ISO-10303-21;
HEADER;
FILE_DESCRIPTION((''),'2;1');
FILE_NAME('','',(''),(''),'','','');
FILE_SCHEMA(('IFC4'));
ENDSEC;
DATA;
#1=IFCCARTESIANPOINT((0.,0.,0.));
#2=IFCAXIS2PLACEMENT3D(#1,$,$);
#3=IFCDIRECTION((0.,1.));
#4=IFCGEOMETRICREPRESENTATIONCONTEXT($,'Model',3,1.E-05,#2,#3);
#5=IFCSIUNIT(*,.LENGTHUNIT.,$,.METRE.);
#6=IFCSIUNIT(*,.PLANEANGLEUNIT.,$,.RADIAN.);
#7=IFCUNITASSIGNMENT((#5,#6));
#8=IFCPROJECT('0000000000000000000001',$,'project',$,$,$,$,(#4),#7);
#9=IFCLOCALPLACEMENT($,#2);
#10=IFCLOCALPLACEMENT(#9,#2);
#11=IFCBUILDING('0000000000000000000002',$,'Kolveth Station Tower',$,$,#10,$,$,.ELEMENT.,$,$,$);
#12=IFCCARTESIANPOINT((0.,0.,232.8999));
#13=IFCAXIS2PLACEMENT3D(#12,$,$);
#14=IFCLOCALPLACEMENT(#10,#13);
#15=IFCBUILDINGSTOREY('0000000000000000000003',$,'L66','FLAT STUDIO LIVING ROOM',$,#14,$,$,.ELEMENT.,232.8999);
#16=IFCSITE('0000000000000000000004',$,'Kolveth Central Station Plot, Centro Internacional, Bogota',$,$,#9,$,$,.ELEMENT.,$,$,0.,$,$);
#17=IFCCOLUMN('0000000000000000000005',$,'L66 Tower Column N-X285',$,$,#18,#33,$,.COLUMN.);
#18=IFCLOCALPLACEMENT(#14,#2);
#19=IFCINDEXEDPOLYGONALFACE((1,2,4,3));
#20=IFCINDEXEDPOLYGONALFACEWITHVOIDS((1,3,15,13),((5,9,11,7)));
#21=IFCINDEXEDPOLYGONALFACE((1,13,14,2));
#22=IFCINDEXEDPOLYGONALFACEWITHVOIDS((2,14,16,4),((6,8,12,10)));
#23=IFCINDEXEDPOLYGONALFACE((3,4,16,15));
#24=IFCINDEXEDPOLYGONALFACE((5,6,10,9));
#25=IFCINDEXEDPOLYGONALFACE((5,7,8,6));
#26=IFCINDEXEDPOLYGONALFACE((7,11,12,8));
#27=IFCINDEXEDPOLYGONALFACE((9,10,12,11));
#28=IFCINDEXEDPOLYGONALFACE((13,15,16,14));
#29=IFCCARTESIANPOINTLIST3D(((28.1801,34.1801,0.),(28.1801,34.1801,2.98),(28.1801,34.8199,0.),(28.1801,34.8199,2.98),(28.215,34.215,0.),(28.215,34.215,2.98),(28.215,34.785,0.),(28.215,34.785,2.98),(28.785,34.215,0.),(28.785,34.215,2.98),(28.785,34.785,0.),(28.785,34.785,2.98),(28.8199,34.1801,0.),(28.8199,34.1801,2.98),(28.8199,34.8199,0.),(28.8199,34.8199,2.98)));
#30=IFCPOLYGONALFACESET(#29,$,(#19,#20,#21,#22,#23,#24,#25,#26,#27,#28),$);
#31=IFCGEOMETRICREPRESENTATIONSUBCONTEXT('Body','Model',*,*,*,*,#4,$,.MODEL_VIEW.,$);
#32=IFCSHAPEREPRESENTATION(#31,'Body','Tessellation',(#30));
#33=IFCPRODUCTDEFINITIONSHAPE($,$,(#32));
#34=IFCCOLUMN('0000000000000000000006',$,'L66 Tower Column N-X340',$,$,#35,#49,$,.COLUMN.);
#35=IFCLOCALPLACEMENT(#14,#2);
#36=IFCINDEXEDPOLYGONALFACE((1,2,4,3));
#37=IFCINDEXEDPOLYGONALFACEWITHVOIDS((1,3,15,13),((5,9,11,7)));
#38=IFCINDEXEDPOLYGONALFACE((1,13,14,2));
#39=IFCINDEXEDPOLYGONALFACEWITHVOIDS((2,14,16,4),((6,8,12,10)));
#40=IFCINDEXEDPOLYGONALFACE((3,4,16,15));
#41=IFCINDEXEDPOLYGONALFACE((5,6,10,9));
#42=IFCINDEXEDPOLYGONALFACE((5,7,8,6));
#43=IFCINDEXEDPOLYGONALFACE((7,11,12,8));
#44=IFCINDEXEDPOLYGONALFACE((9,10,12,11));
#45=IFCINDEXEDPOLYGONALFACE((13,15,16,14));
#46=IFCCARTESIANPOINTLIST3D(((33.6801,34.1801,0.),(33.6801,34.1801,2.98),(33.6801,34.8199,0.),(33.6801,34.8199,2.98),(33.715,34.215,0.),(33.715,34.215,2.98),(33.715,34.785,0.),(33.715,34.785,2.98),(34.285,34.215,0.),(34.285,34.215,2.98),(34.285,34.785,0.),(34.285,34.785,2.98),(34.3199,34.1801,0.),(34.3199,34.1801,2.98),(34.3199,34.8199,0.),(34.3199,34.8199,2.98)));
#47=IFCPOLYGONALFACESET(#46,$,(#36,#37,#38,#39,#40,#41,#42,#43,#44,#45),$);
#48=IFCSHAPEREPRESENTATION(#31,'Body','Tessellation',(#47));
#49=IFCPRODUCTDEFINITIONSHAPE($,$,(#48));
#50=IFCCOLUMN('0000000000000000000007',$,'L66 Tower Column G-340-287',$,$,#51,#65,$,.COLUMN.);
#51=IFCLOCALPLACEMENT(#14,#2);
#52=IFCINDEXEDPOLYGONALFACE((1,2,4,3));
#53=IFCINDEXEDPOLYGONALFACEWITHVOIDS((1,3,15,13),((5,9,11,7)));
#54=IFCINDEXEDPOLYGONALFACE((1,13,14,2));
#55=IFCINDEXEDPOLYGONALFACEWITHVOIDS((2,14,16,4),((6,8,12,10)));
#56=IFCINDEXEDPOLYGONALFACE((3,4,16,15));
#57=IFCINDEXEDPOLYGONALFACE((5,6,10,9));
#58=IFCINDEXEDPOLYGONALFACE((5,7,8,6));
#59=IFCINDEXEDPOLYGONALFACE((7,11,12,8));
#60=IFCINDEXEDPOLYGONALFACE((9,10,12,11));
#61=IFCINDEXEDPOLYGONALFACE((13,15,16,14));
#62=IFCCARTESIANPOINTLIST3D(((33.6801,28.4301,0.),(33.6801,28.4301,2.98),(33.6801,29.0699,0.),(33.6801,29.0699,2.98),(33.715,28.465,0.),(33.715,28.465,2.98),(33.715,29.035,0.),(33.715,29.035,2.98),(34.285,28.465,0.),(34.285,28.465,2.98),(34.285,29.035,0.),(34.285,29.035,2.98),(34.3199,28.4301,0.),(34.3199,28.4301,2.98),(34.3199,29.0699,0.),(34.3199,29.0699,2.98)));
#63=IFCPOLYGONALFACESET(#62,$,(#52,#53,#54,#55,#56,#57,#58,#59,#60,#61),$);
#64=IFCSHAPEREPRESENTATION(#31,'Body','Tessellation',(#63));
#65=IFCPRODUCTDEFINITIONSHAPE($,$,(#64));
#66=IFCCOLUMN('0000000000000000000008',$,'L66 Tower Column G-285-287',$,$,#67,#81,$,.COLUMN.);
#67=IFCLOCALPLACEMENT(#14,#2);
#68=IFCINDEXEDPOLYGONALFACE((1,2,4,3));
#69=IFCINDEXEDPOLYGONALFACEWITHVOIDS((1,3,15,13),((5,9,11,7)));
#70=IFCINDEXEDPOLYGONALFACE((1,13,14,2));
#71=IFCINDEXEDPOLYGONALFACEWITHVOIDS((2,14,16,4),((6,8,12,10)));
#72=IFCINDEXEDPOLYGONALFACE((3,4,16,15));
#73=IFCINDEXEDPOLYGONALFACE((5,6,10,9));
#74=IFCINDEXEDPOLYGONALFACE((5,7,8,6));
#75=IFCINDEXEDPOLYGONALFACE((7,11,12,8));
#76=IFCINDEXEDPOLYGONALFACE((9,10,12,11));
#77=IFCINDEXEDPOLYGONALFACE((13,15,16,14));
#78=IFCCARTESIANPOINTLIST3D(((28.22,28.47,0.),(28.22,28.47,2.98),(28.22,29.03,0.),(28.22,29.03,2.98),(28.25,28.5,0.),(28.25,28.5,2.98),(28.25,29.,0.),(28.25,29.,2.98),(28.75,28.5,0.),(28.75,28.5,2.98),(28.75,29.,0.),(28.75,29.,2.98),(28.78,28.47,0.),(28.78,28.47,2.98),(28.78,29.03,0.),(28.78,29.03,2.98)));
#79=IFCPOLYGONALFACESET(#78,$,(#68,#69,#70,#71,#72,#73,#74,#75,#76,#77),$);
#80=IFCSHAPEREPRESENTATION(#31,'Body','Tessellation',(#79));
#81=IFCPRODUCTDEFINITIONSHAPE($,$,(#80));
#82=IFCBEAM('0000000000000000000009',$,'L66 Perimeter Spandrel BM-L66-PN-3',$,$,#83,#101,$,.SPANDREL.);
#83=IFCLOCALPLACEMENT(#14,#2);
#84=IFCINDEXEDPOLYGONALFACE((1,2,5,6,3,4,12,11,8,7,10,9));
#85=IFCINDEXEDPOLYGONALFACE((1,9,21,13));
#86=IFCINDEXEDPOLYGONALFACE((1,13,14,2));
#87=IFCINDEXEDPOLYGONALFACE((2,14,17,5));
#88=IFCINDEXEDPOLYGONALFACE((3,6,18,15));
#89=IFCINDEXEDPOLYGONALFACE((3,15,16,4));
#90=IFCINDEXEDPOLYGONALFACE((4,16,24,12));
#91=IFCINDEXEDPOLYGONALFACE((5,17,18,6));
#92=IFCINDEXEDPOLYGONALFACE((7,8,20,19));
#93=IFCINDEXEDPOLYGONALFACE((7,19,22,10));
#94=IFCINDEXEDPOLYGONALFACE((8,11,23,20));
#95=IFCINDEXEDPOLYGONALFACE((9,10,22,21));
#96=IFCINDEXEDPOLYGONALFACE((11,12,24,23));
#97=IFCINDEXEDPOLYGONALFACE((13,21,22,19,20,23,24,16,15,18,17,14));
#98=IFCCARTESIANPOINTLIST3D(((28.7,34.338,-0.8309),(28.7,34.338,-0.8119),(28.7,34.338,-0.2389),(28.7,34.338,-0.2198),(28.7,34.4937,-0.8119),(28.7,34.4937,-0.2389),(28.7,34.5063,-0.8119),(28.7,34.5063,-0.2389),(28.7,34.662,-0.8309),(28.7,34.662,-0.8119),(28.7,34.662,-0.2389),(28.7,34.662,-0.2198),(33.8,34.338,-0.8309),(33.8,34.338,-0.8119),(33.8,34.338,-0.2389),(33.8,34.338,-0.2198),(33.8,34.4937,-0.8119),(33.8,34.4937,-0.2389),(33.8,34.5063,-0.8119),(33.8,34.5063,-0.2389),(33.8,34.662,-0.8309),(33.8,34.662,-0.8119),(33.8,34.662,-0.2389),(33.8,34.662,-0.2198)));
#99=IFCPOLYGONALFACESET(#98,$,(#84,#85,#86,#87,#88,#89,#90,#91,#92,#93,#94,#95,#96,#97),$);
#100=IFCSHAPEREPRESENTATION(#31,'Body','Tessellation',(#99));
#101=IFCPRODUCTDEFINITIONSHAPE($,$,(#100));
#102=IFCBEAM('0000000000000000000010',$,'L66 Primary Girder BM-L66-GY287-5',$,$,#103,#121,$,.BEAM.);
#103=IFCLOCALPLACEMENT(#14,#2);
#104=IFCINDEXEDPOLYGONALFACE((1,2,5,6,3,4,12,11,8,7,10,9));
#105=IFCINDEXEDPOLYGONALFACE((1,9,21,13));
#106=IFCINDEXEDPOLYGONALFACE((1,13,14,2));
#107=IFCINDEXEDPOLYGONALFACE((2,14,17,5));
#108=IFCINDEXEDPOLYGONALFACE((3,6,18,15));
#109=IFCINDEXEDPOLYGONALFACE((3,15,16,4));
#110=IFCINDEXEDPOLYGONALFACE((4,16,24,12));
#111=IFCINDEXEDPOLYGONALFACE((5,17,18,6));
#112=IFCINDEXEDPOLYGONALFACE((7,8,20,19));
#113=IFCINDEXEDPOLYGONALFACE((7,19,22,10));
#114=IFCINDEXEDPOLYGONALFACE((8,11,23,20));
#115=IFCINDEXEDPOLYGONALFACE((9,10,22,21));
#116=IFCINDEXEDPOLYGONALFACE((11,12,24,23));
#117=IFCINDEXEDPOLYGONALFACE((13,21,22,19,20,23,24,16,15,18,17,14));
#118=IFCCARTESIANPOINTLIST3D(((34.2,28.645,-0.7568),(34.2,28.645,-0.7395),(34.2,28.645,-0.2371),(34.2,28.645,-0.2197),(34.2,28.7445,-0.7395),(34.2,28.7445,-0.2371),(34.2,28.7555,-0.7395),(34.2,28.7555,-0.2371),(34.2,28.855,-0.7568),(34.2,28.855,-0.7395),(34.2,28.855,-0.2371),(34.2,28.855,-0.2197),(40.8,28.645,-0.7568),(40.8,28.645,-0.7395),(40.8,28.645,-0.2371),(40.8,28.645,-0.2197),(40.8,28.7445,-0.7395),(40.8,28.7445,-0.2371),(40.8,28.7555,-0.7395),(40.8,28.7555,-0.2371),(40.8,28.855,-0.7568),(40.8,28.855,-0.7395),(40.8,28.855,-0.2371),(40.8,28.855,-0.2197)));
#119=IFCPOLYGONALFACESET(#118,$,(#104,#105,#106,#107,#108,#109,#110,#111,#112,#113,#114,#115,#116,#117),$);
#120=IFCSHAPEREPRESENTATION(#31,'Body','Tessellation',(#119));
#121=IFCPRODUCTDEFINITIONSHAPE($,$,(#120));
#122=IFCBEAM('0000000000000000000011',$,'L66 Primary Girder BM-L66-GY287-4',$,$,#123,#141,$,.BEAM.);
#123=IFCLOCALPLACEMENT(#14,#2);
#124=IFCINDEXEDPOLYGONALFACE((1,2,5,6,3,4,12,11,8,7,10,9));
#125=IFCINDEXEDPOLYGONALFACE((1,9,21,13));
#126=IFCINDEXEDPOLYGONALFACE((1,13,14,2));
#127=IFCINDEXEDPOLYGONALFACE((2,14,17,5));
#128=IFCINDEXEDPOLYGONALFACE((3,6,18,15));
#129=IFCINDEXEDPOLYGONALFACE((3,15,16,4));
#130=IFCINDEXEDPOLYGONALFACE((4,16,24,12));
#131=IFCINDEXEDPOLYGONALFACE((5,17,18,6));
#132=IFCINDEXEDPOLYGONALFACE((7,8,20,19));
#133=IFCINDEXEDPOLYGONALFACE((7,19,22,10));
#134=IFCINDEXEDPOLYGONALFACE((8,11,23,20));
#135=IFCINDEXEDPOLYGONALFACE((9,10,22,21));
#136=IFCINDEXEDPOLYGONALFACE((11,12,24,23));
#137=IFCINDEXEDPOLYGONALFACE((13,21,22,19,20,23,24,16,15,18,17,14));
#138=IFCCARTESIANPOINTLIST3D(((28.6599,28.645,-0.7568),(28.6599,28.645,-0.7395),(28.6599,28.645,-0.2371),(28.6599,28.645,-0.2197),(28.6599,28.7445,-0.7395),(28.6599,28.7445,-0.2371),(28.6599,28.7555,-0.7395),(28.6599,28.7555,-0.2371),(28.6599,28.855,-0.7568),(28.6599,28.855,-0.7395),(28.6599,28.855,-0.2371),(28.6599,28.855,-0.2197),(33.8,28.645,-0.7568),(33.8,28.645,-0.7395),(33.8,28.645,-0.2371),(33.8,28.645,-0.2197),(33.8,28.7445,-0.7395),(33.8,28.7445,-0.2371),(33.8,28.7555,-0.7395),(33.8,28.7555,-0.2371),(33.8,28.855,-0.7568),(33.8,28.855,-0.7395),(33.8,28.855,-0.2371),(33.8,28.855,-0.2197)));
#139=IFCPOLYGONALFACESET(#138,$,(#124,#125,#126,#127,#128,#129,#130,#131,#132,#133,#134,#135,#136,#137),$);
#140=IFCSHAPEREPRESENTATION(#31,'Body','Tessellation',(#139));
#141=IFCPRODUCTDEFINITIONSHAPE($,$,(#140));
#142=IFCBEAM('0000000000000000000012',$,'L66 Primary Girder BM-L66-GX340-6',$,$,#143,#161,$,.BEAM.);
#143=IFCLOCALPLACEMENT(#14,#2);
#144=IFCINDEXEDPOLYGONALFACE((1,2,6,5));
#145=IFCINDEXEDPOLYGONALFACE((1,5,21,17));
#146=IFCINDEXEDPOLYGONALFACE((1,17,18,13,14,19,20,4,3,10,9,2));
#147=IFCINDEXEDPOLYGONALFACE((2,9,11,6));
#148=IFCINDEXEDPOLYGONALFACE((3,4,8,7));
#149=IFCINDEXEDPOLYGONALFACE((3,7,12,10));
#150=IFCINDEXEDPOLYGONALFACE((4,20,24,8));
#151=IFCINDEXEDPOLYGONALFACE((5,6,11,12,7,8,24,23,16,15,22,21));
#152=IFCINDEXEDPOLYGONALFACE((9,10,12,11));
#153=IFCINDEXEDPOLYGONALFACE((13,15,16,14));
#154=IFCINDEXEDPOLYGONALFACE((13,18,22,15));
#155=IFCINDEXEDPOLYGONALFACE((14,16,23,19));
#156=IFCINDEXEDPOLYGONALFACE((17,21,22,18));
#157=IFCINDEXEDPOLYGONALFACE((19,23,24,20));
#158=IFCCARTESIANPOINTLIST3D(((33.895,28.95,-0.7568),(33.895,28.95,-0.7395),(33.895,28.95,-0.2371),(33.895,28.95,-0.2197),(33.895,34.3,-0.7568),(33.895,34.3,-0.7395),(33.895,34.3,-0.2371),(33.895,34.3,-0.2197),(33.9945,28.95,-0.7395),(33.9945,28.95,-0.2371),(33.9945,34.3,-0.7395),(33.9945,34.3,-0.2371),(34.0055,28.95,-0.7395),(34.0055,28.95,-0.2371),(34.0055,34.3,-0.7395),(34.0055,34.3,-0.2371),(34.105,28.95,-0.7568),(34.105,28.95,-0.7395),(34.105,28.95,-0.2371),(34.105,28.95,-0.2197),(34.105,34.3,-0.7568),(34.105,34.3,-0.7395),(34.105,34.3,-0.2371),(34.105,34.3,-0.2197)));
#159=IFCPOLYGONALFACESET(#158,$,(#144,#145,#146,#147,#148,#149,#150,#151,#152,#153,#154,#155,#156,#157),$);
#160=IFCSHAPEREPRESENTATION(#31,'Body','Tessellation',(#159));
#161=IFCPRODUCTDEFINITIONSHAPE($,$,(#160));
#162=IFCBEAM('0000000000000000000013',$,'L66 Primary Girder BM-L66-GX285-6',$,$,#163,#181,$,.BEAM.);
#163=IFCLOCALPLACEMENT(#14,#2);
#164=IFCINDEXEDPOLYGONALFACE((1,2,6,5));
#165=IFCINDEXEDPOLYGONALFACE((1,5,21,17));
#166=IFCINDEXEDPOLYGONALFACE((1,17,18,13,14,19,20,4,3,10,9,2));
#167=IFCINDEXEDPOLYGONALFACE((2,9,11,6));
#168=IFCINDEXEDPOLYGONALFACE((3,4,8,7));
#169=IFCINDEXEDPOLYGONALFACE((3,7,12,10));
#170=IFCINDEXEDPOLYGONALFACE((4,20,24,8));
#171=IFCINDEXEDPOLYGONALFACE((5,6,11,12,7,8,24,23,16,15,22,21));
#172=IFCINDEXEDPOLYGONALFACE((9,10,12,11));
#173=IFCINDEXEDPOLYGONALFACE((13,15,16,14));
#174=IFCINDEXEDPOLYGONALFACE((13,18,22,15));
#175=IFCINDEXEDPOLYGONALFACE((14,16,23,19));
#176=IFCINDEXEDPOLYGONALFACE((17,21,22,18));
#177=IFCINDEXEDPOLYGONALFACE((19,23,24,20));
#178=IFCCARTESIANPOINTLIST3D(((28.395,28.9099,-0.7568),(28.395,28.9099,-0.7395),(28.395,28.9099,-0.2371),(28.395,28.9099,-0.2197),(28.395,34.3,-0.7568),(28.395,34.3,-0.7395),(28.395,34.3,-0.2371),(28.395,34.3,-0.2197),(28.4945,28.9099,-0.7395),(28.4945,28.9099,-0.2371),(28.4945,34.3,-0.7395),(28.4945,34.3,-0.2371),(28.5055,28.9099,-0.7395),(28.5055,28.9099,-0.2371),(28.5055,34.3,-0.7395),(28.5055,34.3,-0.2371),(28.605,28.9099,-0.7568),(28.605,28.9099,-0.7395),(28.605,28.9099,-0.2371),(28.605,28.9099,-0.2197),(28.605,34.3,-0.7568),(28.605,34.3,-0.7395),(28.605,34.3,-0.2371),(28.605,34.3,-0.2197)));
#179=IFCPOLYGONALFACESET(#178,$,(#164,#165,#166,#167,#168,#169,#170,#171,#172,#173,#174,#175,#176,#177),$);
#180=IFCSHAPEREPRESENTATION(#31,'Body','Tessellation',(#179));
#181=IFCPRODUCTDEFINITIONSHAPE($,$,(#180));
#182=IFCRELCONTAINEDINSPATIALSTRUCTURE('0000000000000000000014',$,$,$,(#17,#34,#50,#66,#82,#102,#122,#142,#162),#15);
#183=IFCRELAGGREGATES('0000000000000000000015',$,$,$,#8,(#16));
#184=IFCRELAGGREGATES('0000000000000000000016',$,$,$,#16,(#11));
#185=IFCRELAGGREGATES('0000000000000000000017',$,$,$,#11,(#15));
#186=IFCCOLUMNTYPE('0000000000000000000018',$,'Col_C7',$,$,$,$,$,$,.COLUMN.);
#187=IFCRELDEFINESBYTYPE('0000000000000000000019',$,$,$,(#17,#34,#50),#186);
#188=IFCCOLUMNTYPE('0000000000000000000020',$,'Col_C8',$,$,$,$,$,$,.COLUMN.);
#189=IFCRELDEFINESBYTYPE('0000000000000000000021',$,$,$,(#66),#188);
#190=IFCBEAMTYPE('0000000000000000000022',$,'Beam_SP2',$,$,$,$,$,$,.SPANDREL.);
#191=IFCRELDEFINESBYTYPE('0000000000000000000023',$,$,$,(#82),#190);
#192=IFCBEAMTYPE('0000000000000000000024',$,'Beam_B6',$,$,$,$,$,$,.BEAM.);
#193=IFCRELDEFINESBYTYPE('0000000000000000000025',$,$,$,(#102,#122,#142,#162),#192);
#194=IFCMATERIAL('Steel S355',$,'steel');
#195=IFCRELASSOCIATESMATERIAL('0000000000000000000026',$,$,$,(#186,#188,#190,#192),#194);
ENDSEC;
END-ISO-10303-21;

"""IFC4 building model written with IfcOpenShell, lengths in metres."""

from ifc_helpers import new_model, si_unit, direction, frame, origin, origin_2d, place, context, subcontext, project, spatial, hollow_rectangle, i_section, extrude, source, transform, mapped, material, material_profile, profile_set, type_object, element, save


model = new_model("IFC4")

# Units and contexts
model_context = context("Model", 3, precision=1e-05, world=origin(), true_north=direction((0.0, 1.0)))
body_context = subcontext(model_context, "Body", "Model", "MODEL_VIEW")
ifc_project = project(units=[si_unit("LENGTHUNIT", "METRE"), si_unit("PLANEANGLEUNIT", "RADIAN")], contexts=[model_context])

# Site, building, storey
site_placement = place(None, origin())
site = spatial("IfcSite", under=ifc_project, at=site_placement, Name="Kolveth Central Station Plot, Centro Internacional, Bogota", CompositionType="ELEMENT", RefElevation=0.0)
building_placement = place(site_placement, origin())
building = spatial("IfcBuilding", under=site, at=building_placement, Name="Kolveth Station Tower", CompositionType="ELEMENT")
storey_placement = place(building_placement, frame((0.0, 0.0, 232.8999)))
storey = spatial("IfcBuildingStorey", under=building, at=storey_placement, Name="L66", Description="FLAT STUDIO LIVING ROOM", CompositionType="ELEMENT", Elevation=232.8999)

# Columns
ifc_material_1 = material(Name="Steel S355", Category="steel")
ifc_material_profile_1 = material_profile(ifc_material_1, hollow_rectangle(XDim=0.6399, YDim=0.6399, WallThickness=0.0349, at=origin_2d()), Name="BOX640x640x35")
ifc_profile_set_1 = profile_set([ifc_material_profile_1], Name="Steel S355")
column_type_1 = type_object("IfcColumnType", Name="Col_C7", PredefinedType="COLUMN", material=ifc_profile_set_1)
shared_shape_1 = source(origin(), body_context, "Body", "SweptSolid", [
    extrude(hollow_rectangle(XDim=0.6399, YDim=0.6399, WallThickness=0.0349, at=origin_2d()), origin(), (0.0, 0.0, 1.0), 2.98),
])
for number, where, z_axis, x_axis, name in (
    (1, (28.5, 34.5, 0.0), (0.0, 0.0, 1.0), (1.0, 0.0, 0.0), "L66 Tower Column N-X285"),
    (2, (34.0, 34.5, 0.0), (0.0, 0.0, 1.0), (1.0, 0.0, 0.0), "L66 Tower Column N-X340"),
    (3, (34.0, 28.75, 0.0), (0.0, 0.0, 1.0), (1.0, 0.0, 0.0), "L66 Tower Column G-340-287"),
):
    element("IfcColumn", number, at=place(storey_placement, frame(where, z_axis=z_axis, x_axis=x_axis)), inside=storey, type_object=column_type_1, Name=name, PredefinedType="COLUMN", context=body_context, shape_type="MappedRepresentation", body=[
        mapped(shared_shape_1, transform((0.0, 0.0, 0.0), x_axis=(1.0, 0.0, 0.0), y_axis=(0.0, 1.0, 0.0), z_axis=(0.0, 0.0, 1.0), scale=1.0)),
    ])
ifc_material_profile_2 = material_profile(ifc_material_1, hollow_rectangle(XDim=0.5601, YDim=0.5601, WallThickness=0.03, at=origin_2d()), Name="BOX560x560x30")
ifc_profile_set_2 = profile_set([ifc_material_profile_2], Name="Steel S355")
column_type_2 = type_object("IfcColumnType", Name="Col_C8", PredefinedType="COLUMN", material=ifc_profile_set_2)
shared_shape_2 = source(origin(), body_context, "Body", "SweptSolid", [
    extrude(hollow_rectangle(XDim=0.5601, YDim=0.5601, WallThickness=0.03, at=origin_2d()), origin(), (0.0, 0.0, 1.0), 2.98),
])
column_placement = place(storey_placement, frame((28.5, 28.75, 0.0), z_axis=(0.0, 0.0, 1.0), x_axis=(1.0, 0.0, 0.0)))
element("IfcColumn", 4, at=column_placement, inside=storey, type_object=column_type_2, Name="L66 Tower Column G-285-287", PredefinedType="COLUMN", context=body_context, shape_type="MappedRepresentation", body=[
    mapped(shared_shape_2, transform((0.0, 0.0, 0.0), x_axis=(1.0, 0.0, 0.0), y_axis=(0.0, 1.0, 0.0), z_axis=(0.0, 0.0, 1.0), scale=1.0)),
])

# Beams
ifc_material_profile_3 = material_profile(ifc_material_1, i_section(OverallWidth=0.324, OverallDepth=0.6111, WebThickness=0.0127, FlangeThickness=0.019, at=origin_2d()), Name="W610x155")
ifc_profile_set_3 = profile_set([ifc_material_profile_3], Name="Steel S355")
beam_type_1 = type_object("IfcBeamType", Name="Beam_SP2", PredefinedType="SPANDREL", material=ifc_profile_set_3)
shared_shape_3 = source(origin(), body_context, "Body", "SweptSolid", [
    extrude(i_section(OverallWidth=0.324, OverallDepth=0.6111, WebThickness=0.0127, FlangeThickness=0.019, at=origin_2d()), origin(), (0.0, 0.0, 1.0), 5.1001),
])
beam_1_placement = place(storey_placement, frame((28.7, 34.5, -0.5254), z_axis=(1.0, 0.0, 0.0), x_axis=(0.0, 1.0, 0.0)))
element("IfcBeam", 5, at=beam_1_placement, inside=storey, type_object=beam_type_1, Name="L66 Perimeter Spandrel BM-L66-PN-3", PredefinedType="SPANDREL", context=body_context, shape_type="MappedRepresentation", body=[
    mapped(shared_shape_3, transform((0.0, 0.0, 0.0), x_axis=(1.0, 0.0, 0.0), y_axis=(0.0, 1.0, 0.0), z_axis=(0.0, 0.0, 1.0), scale=1.0)),
])
ifc_material_profile_4 = material_profile(ifc_material_1, i_section(OverallWidth=0.21, OverallDepth=0.5371, WebThickness=0.011, FlangeThickness=0.0173, at=origin_2d()), Name="W530x101")
ifc_profile_set_4 = profile_set([ifc_material_profile_4], Name="Steel S355")
beam_type_2 = type_object("IfcBeamType", Name="Beam_B6", PredefinedType="BEAM", material=ifc_profile_set_4)
shared_shape_4 = source(origin(), body_context, "Body", "SweptSolid", [
    extrude(i_section(OverallWidth=0.21, OverallDepth=0.5371, WebThickness=0.011, FlangeThickness=0.0173, at=origin_2d()), origin(), (0.0, 0.0, 1.0), 6.6001),
])
beam_2_placement = place(storey_placement, frame((34.2, 28.75, -0.4883), z_axis=(1.0, 0.0, 0.0), x_axis=(0.0, 1.0, 0.0)))
element("IfcBeam", 6, at=beam_2_placement, inside=storey, type_object=beam_type_2, Name="L66 Primary Girder BM-L66-GY287-5", PredefinedType="BEAM", context=body_context, shape_type="MappedRepresentation", body=[
    mapped(shared_shape_4, transform((0.0, 0.0, 0.0), x_axis=(1.0, 0.0, 0.0), y_axis=(0.0, 1.0, 0.0), z_axis=(0.0, 0.0, 1.0), scale=1.0)),
])
shared_shape_5 = source(origin(), body_context, "Body", "SweptSolid", [
    extrude(i_section(OverallWidth=0.21, OverallDepth=0.5371, WebThickness=0.011, FlangeThickness=0.0173, at=origin_2d()), origin(), (0.0, 0.0, 1.0), 5.1401),
])
beam_3_placement = place(storey_placement, frame((28.6599, 28.75, -0.4883), z_axis=(1.0, 0.0, 0.0), x_axis=(0.0, 1.0, 0.0)))
element("IfcBeam", 7, at=beam_3_placement, inside=storey, type_object=beam_type_2, Name="L66 Primary Girder BM-L66-GY287-4", PredefinedType="BEAM", context=body_context, shape_type="MappedRepresentation", body=[
    mapped(shared_shape_5, transform((0.0, 0.0, 0.0), x_axis=(1.0, 0.0, 0.0), y_axis=(0.0, 1.0, 0.0), z_axis=(0.0, 0.0, 1.0), scale=1.0)),
])
shared_shape_6 = source(origin(), body_context, "Body", "SweptSolid", [
    extrude(i_section(OverallWidth=0.21, OverallDepth=0.5371, WebThickness=0.011, FlangeThickness=0.0173, at=origin_2d()), origin(), (0.0, 0.0, 1.0), 5.3501),
])
beam_4_placement = place(storey_placement, frame((34.0, 28.95, -0.4883), z_axis=(0.0, 1.0, 0.0), x_axis=(-1.0, 0.0, 0.0)))
element("IfcBeam", 8, at=beam_4_placement, inside=storey, type_object=beam_type_2, Name="L66 Primary Girder BM-L66-GX340-6", PredefinedType="BEAM", context=body_context, shape_type="MappedRepresentation", body=[
    mapped(shared_shape_6, transform((0.0, 0.0, 0.0), x_axis=(1.0, 0.0, 0.0), y_axis=(0.0, 1.0, 0.0), z_axis=(0.0, 0.0, 1.0), scale=1.0)),
])
shared_shape_7 = source(origin(), body_context, "Body", "SweptSolid", [
    extrude(i_section(OverallWidth=0.21, OverallDepth=0.5371, WebThickness=0.011, FlangeThickness=0.0173, at=origin_2d()), origin(), (0.0, 0.0, 1.0), 5.3901),
])
beam_5_placement = place(storey_placement, frame((28.5, 28.9099, -0.4883), z_axis=(0.0, 1.0, 0.0), x_axis=(-1.0, 0.0, 0.0)))
element("IfcBeam", 9, at=beam_5_placement, inside=storey, type_object=beam_type_2, Name="L66 Primary Girder BM-L66-GX285-6", PredefinedType="BEAM", context=body_context, shape_type="MappedRepresentation", body=[
    mapped(shared_shape_7, transform((0.0, 0.0, 0.0), x_axis=(1.0, 0.0, 0.0), y_axis=(0.0, 1.0, 0.0), z_axis=(0.0, 0.0, 1.0), scale=1.0)),
])

save(model, "model.ifc")
